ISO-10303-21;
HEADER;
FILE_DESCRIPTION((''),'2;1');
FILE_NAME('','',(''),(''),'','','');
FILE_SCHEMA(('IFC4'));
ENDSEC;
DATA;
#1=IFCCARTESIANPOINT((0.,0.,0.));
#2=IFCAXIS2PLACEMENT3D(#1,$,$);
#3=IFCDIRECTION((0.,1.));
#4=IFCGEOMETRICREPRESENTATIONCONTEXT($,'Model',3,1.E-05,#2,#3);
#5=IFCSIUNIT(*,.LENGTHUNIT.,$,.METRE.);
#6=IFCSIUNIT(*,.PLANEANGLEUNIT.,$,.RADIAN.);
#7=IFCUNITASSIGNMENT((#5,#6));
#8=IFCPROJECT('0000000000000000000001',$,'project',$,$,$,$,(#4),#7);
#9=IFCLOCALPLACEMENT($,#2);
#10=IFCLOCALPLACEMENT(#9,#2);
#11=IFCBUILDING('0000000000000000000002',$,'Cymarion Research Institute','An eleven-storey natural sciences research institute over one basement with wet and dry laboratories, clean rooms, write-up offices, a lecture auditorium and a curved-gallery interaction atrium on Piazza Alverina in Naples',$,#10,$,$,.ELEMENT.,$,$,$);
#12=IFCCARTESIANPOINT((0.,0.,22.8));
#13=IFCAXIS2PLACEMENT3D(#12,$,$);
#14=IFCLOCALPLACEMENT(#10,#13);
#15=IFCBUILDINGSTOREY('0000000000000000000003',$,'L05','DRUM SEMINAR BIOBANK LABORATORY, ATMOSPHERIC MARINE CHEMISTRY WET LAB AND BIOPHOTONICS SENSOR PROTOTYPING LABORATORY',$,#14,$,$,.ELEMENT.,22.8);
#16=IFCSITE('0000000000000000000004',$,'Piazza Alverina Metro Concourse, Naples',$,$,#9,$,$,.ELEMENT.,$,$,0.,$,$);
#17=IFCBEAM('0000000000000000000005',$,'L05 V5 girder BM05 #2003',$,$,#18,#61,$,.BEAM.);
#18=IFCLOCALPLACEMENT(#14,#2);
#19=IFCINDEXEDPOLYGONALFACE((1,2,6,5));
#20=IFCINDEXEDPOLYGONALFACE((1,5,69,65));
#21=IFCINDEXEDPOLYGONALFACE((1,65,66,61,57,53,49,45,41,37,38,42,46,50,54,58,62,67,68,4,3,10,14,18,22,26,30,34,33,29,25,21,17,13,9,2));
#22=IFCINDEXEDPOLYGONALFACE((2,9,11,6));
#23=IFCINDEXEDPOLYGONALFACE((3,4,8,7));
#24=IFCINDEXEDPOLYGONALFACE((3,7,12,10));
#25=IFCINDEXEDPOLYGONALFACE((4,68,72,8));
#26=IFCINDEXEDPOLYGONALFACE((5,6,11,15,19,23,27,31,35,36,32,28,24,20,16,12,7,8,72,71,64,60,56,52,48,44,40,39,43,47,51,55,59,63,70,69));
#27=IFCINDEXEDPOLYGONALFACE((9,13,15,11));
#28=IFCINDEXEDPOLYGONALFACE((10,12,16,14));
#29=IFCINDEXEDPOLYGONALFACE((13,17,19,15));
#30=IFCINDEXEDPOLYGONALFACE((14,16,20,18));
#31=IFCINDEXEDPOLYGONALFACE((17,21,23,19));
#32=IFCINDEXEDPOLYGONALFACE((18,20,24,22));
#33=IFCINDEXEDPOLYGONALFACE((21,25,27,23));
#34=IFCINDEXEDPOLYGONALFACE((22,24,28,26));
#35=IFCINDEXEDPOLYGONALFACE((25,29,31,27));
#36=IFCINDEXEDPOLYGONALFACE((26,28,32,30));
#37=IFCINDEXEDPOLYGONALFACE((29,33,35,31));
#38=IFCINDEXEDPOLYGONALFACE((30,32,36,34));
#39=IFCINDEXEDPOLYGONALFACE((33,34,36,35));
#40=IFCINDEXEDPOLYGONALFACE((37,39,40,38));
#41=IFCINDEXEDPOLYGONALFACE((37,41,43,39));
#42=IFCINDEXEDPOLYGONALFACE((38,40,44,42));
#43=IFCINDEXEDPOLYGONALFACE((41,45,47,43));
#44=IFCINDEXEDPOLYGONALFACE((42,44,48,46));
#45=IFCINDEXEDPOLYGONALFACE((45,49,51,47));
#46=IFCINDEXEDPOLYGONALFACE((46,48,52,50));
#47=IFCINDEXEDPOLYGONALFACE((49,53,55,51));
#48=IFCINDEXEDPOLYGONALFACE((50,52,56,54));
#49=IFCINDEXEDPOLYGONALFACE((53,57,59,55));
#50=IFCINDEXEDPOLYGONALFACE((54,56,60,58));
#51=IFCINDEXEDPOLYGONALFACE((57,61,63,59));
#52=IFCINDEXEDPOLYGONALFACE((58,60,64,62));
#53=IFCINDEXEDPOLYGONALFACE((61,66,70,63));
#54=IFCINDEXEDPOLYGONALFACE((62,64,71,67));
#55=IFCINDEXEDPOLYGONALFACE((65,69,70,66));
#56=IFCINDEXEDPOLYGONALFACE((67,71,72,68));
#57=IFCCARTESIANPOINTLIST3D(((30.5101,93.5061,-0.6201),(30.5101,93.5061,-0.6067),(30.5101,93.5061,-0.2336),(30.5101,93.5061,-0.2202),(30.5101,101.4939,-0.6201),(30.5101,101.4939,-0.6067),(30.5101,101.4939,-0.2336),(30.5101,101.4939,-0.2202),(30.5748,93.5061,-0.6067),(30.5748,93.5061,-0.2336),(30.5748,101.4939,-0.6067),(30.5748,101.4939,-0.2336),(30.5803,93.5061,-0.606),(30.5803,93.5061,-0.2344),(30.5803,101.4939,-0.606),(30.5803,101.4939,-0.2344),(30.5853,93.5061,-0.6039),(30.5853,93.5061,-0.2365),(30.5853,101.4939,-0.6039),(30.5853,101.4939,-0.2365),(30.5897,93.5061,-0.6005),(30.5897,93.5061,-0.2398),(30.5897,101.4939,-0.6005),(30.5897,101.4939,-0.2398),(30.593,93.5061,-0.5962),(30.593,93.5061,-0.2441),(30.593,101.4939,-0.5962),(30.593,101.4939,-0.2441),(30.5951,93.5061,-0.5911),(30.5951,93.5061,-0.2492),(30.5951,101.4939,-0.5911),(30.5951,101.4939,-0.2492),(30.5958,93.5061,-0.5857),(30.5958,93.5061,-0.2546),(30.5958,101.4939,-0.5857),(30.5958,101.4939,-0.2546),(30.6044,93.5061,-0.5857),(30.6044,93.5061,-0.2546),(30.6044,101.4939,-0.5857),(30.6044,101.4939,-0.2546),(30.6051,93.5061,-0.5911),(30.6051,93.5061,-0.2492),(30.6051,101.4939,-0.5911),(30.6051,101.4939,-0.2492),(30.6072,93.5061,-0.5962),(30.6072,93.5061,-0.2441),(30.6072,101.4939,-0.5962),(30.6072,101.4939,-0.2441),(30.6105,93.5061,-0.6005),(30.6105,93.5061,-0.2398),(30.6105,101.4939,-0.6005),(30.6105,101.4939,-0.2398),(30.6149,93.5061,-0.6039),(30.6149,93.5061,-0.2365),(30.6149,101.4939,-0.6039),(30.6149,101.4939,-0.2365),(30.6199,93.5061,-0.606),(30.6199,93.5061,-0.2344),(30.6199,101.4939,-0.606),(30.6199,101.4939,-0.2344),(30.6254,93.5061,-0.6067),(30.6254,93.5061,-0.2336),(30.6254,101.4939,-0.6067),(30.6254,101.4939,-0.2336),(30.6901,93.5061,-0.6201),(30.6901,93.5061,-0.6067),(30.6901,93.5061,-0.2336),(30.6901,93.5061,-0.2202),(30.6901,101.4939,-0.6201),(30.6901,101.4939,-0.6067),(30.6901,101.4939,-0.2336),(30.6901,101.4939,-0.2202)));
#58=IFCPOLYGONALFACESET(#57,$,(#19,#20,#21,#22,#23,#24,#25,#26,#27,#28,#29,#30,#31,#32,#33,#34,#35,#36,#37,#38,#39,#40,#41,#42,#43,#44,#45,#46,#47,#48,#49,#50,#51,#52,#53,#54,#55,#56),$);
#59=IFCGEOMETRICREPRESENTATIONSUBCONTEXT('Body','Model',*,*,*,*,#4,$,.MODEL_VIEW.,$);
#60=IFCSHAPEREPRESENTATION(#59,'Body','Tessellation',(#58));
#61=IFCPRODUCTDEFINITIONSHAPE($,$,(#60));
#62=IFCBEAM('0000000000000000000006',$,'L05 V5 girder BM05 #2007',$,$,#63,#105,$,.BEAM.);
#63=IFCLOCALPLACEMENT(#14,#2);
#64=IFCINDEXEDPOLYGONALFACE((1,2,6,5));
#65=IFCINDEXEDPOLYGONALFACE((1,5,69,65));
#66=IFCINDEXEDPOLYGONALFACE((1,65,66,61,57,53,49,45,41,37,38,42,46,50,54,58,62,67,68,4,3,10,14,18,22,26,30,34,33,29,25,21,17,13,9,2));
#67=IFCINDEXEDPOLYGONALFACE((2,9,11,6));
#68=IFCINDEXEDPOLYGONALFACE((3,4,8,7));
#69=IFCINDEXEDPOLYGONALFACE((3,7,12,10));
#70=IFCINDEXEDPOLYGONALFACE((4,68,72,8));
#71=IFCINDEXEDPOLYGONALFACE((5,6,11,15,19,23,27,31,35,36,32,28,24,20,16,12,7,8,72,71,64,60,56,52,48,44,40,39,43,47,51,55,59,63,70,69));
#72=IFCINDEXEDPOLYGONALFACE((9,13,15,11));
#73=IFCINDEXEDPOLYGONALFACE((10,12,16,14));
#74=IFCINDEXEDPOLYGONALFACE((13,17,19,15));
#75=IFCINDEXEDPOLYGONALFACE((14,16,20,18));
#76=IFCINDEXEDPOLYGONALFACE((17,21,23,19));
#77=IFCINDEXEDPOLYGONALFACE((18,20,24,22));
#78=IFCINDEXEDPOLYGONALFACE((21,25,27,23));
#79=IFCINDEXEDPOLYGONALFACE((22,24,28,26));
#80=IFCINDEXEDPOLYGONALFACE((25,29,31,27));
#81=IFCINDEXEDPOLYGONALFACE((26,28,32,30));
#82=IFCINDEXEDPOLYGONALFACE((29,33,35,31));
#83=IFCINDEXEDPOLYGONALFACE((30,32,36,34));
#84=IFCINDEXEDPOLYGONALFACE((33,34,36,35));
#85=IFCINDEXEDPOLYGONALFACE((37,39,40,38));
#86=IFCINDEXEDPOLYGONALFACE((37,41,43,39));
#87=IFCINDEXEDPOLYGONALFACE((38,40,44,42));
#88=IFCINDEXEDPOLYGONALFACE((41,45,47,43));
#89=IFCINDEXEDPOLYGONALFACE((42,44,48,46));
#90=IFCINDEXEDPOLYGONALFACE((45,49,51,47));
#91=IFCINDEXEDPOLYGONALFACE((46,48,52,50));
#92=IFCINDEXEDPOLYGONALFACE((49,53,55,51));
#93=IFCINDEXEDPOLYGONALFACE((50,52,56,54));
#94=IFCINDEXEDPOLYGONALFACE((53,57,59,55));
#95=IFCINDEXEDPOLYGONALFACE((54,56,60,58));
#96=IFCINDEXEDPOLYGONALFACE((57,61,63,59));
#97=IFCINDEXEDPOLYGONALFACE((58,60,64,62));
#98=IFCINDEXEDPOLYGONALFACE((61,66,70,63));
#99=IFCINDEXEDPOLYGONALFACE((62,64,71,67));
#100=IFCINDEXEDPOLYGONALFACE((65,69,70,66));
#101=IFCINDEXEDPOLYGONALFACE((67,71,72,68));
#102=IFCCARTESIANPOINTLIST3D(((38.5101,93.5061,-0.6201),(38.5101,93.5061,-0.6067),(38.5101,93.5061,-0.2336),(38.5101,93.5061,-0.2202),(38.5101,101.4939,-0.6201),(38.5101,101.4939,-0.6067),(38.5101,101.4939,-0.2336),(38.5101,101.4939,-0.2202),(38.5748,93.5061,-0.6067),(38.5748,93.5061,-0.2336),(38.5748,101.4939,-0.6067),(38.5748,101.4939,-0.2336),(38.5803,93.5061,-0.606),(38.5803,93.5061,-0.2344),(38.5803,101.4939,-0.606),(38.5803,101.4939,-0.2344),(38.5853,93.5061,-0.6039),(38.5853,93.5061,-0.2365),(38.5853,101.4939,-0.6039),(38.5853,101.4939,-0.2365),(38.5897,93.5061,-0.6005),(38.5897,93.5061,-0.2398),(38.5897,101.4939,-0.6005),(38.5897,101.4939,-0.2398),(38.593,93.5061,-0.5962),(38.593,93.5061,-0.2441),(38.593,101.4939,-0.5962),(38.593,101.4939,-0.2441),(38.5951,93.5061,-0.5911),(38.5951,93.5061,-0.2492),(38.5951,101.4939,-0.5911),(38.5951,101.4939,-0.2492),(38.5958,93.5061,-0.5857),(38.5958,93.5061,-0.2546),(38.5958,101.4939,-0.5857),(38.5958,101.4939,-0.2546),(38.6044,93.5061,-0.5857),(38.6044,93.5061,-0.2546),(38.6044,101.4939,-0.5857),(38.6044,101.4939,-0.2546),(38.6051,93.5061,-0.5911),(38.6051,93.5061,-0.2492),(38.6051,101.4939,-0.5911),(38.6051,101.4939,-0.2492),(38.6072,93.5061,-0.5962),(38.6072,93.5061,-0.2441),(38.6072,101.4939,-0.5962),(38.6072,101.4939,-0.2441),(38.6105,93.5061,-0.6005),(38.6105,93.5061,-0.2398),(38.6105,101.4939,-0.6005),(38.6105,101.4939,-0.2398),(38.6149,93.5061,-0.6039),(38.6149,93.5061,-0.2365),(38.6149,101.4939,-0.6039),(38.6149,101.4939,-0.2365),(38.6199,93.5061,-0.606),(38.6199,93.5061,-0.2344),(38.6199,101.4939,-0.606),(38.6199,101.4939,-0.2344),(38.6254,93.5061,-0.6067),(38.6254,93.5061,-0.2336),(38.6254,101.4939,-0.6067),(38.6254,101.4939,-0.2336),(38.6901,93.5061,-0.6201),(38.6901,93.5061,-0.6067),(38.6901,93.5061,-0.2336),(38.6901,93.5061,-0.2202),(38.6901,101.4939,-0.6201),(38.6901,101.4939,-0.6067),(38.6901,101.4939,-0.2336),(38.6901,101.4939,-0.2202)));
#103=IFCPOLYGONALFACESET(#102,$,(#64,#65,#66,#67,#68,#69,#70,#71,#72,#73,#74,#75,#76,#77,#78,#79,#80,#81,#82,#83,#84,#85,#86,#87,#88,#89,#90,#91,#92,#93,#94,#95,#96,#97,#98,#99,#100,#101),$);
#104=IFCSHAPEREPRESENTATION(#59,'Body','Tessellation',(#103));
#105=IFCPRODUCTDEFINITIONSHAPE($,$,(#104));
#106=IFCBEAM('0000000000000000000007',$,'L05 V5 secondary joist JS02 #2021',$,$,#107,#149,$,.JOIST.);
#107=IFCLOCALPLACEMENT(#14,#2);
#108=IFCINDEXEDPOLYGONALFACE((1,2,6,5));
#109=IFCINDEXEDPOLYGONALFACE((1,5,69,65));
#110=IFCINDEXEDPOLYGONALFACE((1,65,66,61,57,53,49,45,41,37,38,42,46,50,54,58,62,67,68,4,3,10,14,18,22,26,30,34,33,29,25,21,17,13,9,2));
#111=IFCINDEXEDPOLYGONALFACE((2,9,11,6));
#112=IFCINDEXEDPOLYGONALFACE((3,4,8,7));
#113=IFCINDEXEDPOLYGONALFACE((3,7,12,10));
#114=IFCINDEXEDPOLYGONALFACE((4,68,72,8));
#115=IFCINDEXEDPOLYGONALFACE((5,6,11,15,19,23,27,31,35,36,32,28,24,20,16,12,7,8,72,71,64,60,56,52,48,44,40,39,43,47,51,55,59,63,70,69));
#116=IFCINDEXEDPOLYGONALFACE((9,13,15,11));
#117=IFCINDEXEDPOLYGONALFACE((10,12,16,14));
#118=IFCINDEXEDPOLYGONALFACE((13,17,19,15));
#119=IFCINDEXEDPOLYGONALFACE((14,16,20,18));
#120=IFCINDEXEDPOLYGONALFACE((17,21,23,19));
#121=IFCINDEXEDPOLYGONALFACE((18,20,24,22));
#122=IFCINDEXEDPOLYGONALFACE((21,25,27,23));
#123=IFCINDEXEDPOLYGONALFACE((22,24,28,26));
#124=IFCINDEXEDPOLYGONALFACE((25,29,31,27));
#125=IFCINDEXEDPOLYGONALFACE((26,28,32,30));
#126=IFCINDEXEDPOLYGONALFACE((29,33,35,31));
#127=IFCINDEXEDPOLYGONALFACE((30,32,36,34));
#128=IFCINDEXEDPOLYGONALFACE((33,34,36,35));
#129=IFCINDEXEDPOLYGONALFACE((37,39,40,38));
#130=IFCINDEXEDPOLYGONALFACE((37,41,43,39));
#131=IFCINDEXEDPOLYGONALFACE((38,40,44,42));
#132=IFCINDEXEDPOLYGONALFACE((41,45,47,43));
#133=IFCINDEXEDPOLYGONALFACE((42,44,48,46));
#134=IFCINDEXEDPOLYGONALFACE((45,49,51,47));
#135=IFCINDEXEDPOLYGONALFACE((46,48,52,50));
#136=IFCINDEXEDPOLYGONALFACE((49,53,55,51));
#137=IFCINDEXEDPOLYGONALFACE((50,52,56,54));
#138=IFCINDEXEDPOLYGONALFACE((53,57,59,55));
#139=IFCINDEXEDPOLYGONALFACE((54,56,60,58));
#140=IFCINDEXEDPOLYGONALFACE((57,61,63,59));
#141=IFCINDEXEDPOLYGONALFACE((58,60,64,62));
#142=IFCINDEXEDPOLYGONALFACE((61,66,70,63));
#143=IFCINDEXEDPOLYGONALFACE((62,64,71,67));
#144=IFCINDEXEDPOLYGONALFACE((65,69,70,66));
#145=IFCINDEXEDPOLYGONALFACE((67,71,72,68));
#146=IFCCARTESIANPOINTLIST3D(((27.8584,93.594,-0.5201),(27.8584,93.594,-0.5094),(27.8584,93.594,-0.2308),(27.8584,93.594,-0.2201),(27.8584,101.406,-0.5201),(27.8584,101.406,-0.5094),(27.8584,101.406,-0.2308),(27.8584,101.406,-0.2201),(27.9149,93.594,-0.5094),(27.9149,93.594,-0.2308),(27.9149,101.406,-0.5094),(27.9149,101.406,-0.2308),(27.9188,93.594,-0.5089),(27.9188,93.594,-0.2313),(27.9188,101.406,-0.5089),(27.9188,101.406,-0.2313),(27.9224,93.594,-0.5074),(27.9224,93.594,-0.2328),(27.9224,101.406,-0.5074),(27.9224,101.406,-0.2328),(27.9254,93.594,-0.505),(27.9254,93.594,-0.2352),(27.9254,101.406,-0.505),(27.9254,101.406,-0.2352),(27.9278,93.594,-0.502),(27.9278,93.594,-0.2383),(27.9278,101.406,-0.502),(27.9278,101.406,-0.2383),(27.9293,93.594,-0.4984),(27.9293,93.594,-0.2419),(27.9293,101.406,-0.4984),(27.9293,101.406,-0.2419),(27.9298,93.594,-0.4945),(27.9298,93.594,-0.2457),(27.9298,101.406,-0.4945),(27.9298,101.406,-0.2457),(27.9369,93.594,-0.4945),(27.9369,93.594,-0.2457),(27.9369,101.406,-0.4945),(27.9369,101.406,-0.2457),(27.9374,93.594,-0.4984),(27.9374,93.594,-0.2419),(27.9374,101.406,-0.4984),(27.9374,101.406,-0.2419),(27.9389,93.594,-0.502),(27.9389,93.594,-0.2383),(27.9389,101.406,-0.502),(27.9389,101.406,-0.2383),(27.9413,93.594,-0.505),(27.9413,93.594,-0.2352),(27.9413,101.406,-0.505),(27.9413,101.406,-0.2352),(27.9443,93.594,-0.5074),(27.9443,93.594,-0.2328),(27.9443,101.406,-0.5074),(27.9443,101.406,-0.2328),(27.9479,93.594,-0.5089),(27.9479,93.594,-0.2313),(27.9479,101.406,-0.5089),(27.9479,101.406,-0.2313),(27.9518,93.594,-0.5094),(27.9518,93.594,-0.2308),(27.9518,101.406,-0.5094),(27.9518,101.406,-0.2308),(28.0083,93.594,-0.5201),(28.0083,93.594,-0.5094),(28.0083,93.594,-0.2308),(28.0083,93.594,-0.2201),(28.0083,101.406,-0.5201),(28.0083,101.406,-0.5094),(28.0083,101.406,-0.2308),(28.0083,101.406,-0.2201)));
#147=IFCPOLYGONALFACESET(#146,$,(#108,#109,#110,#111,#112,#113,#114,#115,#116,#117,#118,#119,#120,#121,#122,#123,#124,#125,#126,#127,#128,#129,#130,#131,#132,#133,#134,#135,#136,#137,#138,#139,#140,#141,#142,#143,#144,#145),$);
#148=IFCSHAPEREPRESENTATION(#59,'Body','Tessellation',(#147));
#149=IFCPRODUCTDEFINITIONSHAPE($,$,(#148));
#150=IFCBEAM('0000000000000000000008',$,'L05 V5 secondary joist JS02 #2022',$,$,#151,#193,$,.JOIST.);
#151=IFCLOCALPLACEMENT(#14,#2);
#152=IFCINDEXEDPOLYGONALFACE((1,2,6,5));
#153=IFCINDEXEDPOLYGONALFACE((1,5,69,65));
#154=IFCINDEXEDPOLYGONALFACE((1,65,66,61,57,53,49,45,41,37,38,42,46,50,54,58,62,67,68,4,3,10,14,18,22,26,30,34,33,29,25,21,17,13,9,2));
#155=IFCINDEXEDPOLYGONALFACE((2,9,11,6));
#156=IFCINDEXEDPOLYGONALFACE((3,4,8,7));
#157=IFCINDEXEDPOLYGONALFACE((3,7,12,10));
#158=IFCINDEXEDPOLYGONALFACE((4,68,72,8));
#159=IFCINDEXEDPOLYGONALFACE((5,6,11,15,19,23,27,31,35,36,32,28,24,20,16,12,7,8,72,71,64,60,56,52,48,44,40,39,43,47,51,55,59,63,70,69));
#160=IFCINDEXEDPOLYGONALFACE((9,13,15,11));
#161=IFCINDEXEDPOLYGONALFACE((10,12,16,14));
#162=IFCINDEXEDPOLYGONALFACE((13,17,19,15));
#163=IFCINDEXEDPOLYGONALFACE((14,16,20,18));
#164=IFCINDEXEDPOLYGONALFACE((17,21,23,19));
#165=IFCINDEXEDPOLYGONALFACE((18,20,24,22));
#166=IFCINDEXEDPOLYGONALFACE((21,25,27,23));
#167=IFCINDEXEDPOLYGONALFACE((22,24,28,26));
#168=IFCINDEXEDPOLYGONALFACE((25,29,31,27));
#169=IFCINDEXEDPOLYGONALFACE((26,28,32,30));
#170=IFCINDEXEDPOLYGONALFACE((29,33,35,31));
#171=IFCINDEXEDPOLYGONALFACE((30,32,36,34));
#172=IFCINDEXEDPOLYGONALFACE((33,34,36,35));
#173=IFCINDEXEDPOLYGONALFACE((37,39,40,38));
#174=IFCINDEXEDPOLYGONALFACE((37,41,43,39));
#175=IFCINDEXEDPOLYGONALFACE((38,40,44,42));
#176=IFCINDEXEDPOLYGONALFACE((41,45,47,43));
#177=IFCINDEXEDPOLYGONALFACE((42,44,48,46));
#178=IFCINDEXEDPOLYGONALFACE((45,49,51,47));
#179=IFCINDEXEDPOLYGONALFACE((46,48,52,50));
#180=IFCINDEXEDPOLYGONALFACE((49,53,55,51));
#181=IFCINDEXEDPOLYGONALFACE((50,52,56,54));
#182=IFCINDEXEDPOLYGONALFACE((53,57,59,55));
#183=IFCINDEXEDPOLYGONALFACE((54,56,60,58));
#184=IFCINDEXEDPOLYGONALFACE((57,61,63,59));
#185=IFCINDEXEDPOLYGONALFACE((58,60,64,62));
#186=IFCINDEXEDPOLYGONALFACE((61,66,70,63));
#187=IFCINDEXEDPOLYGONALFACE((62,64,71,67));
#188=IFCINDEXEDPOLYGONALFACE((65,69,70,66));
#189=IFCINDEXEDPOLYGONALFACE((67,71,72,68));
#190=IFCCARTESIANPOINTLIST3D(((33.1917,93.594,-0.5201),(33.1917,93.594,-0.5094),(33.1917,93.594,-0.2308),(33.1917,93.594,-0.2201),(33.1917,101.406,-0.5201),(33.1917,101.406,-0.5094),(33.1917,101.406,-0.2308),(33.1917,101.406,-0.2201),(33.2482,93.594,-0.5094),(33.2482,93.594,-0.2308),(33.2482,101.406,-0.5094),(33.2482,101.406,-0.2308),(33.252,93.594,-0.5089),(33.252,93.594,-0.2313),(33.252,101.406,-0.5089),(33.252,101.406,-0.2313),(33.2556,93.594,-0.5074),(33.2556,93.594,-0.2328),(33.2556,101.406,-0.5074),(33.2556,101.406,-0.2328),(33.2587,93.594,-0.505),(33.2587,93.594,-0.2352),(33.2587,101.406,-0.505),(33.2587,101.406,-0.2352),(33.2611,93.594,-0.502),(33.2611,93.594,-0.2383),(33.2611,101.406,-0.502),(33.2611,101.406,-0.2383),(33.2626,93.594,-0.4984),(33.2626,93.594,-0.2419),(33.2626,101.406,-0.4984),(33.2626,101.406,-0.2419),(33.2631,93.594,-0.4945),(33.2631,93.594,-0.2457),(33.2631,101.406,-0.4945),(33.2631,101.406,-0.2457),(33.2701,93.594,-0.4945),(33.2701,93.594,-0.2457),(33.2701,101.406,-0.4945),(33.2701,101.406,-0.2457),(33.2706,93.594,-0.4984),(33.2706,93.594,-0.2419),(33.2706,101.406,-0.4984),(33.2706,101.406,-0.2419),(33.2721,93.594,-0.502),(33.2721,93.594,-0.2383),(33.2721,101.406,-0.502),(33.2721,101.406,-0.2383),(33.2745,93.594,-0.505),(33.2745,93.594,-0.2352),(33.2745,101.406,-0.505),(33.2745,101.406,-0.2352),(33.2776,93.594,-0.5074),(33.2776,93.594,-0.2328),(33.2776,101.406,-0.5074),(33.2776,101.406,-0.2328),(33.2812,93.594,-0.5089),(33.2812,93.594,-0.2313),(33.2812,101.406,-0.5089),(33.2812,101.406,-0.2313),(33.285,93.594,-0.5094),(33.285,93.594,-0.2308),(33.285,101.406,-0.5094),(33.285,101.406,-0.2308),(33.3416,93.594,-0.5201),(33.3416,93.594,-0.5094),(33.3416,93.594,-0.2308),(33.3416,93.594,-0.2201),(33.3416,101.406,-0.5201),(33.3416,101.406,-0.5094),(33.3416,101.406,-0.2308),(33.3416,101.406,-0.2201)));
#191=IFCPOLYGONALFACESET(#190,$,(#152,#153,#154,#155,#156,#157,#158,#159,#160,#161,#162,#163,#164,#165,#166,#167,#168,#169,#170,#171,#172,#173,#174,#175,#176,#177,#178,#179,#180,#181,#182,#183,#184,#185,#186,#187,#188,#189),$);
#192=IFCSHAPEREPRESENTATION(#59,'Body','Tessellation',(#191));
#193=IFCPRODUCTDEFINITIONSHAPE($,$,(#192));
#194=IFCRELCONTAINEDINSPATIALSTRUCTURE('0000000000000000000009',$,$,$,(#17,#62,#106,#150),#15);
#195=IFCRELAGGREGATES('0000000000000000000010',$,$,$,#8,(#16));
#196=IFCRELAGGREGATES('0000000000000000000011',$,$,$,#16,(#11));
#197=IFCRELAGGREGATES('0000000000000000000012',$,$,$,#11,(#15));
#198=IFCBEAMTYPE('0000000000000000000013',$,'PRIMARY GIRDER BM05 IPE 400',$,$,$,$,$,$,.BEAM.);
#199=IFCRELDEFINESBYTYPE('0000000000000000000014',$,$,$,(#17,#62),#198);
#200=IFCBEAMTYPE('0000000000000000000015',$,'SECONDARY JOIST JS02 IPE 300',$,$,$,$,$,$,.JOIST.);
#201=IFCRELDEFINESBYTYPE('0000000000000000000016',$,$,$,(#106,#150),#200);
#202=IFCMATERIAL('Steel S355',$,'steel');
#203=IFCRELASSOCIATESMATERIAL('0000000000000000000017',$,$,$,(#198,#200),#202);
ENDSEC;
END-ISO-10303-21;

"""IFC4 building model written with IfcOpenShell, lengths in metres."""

from ifc_helpers import new_model, si_unit, direction, frame, origin, origin_2d, place, context, subcontext, project, spatial, i_section, extrude, material, material_profile, profile_set, type_object, element, save


model = new_model("IFC4")

# Units and contexts
model_context = context("Model", 3, precision=1e-05, world=origin(), true_north=direction((0.0, 1.0)))
body_context = subcontext(model_context, "Body", "Model", "MODEL_VIEW")
ifc_project = project(units=[si_unit("LENGTHUNIT", "METRE"), si_unit("PLANEANGLEUNIT", "RADIAN")], contexts=[model_context])

# Site, building, storey
site_placement = place(None, origin())
site = spatial("IfcSite", under=ifc_project, at=site_placement, Name="Piazza Alverina Metro Concourse, Naples", CompositionType="ELEMENT", RefElevation=0.0)
building_placement = place(site_placement, origin())
building = spatial("IfcBuilding", under=site, at=building_placement, Name="Cymarion Research Institute", Description="An eleven-storey natural sciences research institute over one basement with wet and dry laboratories, clean rooms, write-up offices, a lecture auditorium and a curved-gallery interaction atrium on Piazza Alverina in Naples", CompositionType="ELEMENT")
storey_placement = place(building_placement, frame((0.0, 0.0, 22.8)))
storey = spatial("IfcBuildingStorey", under=building, at=storey_placement, Name="L05", Description="DRUM SEMINAR BIOBANK LABORATORY, ATMOSPHERIC MARINE CHEMISTRY WET LAB AND BIOPHOTONICS SENSOR PROTOTYPING LABORATORY", CompositionType="ELEMENT", Elevation=22.8)

# Shared definitions
ifc_material_1 = material(Name="Steel S355", Category="steel")

# Beams
ifc_material_profile_1 = material_profile(ifc_material_1, i_section(OverallWidth=0.1799, OverallDepth=0.3999, WebThickness=0.0085, FlangeThickness=0.0134, FilletRadius=0.021, at=origin_2d()), Name="IPE 400")
ifc_profile_set_1 = profile_set([ifc_material_profile_1], Name="Steel S355")
beam_type_1 = type_object("IfcBeamType", Name="PRIMARY GIRDER BM05 IPE 400", PredefinedType="BEAM", material=ifc_profile_set_1)
for number, where, z_axis, x_axis, name in (
    (1, (30.6001, 93.5061, -0.4202), (0.0, 1.0, 0.0), (-1.0, 0.0, 0.0), "L05 V5 girder BM05 #2003"),
    (2, (38.6001, 93.5061, -0.4202), (0.0, 1.0, 0.0), (-1.0, 0.0, 0.0), "L05 V5 girder BM05 #2007"),
):
    element("IfcBeam", number, at=place(storey_placement, frame(where, z_axis=z_axis, x_axis=x_axis)), inside=storey, type_object=beam_type_1, Name=name, PredefinedType="BEAM", context=body_context, shape_type="SweptSolid", body=[
        extrude(i_section(OverallWidth=0.1799, OverallDepth=0.3999, WebThickness=0.0085, FlangeThickness=0.0134, FilletRadius=0.021, at=origin_2d()), origin(), (0.0, 0.0, 1.0), 7.9878),
    ])
ifc_material_profile_2 = material_profile(ifc_material_1, i_section(OverallWidth=0.1499, OverallDepth=0.3, WebThickness=0.0071, FlangeThickness=0.0107, FilletRadius=0.0149, at=origin_2d()), Name="IPE 300")
ifc_profile_set_2 = profile_set([ifc_material_profile_2], Name="Steel S355")
beam_type_2 = type_object("IfcBeamType", Name="SECONDARY JOIST JS02 IPE 300", PredefinedType="JOIST", material=ifc_profile_set_2)
for number, where, z_axis, x_axis, name in (
    (3, (27.9333, 93.594, -0.3701), (0.0, 1.0, 0.0), (-1.0, 0.0, 0.0), "L05 V5 secondary joist JS02 #2021"),
    (4, (33.2666, 93.594, -0.3701), (0.0, 1.0, 0.0), (-1.0, 0.0, 0.0), "L05 V5 secondary joist JS02 #2022"),
):
    element("IfcBeam", number, at=place(storey_placement, frame(where, z_axis=z_axis, x_axis=x_axis)), inside=storey, type_object=beam_type_2, Name=name, PredefinedType="JOIST", context=body_context, shape_type="SweptSolid", body=[
        extrude(i_section(OverallWidth=0.1499, OverallDepth=0.3, WebThickness=0.0071, FlangeThickness=0.0107, FilletRadius=0.0149, at=origin_2d()), origin(), (0.0, 0.0, 1.0), 7.812),
    ])

save(model, "model.ifc")
